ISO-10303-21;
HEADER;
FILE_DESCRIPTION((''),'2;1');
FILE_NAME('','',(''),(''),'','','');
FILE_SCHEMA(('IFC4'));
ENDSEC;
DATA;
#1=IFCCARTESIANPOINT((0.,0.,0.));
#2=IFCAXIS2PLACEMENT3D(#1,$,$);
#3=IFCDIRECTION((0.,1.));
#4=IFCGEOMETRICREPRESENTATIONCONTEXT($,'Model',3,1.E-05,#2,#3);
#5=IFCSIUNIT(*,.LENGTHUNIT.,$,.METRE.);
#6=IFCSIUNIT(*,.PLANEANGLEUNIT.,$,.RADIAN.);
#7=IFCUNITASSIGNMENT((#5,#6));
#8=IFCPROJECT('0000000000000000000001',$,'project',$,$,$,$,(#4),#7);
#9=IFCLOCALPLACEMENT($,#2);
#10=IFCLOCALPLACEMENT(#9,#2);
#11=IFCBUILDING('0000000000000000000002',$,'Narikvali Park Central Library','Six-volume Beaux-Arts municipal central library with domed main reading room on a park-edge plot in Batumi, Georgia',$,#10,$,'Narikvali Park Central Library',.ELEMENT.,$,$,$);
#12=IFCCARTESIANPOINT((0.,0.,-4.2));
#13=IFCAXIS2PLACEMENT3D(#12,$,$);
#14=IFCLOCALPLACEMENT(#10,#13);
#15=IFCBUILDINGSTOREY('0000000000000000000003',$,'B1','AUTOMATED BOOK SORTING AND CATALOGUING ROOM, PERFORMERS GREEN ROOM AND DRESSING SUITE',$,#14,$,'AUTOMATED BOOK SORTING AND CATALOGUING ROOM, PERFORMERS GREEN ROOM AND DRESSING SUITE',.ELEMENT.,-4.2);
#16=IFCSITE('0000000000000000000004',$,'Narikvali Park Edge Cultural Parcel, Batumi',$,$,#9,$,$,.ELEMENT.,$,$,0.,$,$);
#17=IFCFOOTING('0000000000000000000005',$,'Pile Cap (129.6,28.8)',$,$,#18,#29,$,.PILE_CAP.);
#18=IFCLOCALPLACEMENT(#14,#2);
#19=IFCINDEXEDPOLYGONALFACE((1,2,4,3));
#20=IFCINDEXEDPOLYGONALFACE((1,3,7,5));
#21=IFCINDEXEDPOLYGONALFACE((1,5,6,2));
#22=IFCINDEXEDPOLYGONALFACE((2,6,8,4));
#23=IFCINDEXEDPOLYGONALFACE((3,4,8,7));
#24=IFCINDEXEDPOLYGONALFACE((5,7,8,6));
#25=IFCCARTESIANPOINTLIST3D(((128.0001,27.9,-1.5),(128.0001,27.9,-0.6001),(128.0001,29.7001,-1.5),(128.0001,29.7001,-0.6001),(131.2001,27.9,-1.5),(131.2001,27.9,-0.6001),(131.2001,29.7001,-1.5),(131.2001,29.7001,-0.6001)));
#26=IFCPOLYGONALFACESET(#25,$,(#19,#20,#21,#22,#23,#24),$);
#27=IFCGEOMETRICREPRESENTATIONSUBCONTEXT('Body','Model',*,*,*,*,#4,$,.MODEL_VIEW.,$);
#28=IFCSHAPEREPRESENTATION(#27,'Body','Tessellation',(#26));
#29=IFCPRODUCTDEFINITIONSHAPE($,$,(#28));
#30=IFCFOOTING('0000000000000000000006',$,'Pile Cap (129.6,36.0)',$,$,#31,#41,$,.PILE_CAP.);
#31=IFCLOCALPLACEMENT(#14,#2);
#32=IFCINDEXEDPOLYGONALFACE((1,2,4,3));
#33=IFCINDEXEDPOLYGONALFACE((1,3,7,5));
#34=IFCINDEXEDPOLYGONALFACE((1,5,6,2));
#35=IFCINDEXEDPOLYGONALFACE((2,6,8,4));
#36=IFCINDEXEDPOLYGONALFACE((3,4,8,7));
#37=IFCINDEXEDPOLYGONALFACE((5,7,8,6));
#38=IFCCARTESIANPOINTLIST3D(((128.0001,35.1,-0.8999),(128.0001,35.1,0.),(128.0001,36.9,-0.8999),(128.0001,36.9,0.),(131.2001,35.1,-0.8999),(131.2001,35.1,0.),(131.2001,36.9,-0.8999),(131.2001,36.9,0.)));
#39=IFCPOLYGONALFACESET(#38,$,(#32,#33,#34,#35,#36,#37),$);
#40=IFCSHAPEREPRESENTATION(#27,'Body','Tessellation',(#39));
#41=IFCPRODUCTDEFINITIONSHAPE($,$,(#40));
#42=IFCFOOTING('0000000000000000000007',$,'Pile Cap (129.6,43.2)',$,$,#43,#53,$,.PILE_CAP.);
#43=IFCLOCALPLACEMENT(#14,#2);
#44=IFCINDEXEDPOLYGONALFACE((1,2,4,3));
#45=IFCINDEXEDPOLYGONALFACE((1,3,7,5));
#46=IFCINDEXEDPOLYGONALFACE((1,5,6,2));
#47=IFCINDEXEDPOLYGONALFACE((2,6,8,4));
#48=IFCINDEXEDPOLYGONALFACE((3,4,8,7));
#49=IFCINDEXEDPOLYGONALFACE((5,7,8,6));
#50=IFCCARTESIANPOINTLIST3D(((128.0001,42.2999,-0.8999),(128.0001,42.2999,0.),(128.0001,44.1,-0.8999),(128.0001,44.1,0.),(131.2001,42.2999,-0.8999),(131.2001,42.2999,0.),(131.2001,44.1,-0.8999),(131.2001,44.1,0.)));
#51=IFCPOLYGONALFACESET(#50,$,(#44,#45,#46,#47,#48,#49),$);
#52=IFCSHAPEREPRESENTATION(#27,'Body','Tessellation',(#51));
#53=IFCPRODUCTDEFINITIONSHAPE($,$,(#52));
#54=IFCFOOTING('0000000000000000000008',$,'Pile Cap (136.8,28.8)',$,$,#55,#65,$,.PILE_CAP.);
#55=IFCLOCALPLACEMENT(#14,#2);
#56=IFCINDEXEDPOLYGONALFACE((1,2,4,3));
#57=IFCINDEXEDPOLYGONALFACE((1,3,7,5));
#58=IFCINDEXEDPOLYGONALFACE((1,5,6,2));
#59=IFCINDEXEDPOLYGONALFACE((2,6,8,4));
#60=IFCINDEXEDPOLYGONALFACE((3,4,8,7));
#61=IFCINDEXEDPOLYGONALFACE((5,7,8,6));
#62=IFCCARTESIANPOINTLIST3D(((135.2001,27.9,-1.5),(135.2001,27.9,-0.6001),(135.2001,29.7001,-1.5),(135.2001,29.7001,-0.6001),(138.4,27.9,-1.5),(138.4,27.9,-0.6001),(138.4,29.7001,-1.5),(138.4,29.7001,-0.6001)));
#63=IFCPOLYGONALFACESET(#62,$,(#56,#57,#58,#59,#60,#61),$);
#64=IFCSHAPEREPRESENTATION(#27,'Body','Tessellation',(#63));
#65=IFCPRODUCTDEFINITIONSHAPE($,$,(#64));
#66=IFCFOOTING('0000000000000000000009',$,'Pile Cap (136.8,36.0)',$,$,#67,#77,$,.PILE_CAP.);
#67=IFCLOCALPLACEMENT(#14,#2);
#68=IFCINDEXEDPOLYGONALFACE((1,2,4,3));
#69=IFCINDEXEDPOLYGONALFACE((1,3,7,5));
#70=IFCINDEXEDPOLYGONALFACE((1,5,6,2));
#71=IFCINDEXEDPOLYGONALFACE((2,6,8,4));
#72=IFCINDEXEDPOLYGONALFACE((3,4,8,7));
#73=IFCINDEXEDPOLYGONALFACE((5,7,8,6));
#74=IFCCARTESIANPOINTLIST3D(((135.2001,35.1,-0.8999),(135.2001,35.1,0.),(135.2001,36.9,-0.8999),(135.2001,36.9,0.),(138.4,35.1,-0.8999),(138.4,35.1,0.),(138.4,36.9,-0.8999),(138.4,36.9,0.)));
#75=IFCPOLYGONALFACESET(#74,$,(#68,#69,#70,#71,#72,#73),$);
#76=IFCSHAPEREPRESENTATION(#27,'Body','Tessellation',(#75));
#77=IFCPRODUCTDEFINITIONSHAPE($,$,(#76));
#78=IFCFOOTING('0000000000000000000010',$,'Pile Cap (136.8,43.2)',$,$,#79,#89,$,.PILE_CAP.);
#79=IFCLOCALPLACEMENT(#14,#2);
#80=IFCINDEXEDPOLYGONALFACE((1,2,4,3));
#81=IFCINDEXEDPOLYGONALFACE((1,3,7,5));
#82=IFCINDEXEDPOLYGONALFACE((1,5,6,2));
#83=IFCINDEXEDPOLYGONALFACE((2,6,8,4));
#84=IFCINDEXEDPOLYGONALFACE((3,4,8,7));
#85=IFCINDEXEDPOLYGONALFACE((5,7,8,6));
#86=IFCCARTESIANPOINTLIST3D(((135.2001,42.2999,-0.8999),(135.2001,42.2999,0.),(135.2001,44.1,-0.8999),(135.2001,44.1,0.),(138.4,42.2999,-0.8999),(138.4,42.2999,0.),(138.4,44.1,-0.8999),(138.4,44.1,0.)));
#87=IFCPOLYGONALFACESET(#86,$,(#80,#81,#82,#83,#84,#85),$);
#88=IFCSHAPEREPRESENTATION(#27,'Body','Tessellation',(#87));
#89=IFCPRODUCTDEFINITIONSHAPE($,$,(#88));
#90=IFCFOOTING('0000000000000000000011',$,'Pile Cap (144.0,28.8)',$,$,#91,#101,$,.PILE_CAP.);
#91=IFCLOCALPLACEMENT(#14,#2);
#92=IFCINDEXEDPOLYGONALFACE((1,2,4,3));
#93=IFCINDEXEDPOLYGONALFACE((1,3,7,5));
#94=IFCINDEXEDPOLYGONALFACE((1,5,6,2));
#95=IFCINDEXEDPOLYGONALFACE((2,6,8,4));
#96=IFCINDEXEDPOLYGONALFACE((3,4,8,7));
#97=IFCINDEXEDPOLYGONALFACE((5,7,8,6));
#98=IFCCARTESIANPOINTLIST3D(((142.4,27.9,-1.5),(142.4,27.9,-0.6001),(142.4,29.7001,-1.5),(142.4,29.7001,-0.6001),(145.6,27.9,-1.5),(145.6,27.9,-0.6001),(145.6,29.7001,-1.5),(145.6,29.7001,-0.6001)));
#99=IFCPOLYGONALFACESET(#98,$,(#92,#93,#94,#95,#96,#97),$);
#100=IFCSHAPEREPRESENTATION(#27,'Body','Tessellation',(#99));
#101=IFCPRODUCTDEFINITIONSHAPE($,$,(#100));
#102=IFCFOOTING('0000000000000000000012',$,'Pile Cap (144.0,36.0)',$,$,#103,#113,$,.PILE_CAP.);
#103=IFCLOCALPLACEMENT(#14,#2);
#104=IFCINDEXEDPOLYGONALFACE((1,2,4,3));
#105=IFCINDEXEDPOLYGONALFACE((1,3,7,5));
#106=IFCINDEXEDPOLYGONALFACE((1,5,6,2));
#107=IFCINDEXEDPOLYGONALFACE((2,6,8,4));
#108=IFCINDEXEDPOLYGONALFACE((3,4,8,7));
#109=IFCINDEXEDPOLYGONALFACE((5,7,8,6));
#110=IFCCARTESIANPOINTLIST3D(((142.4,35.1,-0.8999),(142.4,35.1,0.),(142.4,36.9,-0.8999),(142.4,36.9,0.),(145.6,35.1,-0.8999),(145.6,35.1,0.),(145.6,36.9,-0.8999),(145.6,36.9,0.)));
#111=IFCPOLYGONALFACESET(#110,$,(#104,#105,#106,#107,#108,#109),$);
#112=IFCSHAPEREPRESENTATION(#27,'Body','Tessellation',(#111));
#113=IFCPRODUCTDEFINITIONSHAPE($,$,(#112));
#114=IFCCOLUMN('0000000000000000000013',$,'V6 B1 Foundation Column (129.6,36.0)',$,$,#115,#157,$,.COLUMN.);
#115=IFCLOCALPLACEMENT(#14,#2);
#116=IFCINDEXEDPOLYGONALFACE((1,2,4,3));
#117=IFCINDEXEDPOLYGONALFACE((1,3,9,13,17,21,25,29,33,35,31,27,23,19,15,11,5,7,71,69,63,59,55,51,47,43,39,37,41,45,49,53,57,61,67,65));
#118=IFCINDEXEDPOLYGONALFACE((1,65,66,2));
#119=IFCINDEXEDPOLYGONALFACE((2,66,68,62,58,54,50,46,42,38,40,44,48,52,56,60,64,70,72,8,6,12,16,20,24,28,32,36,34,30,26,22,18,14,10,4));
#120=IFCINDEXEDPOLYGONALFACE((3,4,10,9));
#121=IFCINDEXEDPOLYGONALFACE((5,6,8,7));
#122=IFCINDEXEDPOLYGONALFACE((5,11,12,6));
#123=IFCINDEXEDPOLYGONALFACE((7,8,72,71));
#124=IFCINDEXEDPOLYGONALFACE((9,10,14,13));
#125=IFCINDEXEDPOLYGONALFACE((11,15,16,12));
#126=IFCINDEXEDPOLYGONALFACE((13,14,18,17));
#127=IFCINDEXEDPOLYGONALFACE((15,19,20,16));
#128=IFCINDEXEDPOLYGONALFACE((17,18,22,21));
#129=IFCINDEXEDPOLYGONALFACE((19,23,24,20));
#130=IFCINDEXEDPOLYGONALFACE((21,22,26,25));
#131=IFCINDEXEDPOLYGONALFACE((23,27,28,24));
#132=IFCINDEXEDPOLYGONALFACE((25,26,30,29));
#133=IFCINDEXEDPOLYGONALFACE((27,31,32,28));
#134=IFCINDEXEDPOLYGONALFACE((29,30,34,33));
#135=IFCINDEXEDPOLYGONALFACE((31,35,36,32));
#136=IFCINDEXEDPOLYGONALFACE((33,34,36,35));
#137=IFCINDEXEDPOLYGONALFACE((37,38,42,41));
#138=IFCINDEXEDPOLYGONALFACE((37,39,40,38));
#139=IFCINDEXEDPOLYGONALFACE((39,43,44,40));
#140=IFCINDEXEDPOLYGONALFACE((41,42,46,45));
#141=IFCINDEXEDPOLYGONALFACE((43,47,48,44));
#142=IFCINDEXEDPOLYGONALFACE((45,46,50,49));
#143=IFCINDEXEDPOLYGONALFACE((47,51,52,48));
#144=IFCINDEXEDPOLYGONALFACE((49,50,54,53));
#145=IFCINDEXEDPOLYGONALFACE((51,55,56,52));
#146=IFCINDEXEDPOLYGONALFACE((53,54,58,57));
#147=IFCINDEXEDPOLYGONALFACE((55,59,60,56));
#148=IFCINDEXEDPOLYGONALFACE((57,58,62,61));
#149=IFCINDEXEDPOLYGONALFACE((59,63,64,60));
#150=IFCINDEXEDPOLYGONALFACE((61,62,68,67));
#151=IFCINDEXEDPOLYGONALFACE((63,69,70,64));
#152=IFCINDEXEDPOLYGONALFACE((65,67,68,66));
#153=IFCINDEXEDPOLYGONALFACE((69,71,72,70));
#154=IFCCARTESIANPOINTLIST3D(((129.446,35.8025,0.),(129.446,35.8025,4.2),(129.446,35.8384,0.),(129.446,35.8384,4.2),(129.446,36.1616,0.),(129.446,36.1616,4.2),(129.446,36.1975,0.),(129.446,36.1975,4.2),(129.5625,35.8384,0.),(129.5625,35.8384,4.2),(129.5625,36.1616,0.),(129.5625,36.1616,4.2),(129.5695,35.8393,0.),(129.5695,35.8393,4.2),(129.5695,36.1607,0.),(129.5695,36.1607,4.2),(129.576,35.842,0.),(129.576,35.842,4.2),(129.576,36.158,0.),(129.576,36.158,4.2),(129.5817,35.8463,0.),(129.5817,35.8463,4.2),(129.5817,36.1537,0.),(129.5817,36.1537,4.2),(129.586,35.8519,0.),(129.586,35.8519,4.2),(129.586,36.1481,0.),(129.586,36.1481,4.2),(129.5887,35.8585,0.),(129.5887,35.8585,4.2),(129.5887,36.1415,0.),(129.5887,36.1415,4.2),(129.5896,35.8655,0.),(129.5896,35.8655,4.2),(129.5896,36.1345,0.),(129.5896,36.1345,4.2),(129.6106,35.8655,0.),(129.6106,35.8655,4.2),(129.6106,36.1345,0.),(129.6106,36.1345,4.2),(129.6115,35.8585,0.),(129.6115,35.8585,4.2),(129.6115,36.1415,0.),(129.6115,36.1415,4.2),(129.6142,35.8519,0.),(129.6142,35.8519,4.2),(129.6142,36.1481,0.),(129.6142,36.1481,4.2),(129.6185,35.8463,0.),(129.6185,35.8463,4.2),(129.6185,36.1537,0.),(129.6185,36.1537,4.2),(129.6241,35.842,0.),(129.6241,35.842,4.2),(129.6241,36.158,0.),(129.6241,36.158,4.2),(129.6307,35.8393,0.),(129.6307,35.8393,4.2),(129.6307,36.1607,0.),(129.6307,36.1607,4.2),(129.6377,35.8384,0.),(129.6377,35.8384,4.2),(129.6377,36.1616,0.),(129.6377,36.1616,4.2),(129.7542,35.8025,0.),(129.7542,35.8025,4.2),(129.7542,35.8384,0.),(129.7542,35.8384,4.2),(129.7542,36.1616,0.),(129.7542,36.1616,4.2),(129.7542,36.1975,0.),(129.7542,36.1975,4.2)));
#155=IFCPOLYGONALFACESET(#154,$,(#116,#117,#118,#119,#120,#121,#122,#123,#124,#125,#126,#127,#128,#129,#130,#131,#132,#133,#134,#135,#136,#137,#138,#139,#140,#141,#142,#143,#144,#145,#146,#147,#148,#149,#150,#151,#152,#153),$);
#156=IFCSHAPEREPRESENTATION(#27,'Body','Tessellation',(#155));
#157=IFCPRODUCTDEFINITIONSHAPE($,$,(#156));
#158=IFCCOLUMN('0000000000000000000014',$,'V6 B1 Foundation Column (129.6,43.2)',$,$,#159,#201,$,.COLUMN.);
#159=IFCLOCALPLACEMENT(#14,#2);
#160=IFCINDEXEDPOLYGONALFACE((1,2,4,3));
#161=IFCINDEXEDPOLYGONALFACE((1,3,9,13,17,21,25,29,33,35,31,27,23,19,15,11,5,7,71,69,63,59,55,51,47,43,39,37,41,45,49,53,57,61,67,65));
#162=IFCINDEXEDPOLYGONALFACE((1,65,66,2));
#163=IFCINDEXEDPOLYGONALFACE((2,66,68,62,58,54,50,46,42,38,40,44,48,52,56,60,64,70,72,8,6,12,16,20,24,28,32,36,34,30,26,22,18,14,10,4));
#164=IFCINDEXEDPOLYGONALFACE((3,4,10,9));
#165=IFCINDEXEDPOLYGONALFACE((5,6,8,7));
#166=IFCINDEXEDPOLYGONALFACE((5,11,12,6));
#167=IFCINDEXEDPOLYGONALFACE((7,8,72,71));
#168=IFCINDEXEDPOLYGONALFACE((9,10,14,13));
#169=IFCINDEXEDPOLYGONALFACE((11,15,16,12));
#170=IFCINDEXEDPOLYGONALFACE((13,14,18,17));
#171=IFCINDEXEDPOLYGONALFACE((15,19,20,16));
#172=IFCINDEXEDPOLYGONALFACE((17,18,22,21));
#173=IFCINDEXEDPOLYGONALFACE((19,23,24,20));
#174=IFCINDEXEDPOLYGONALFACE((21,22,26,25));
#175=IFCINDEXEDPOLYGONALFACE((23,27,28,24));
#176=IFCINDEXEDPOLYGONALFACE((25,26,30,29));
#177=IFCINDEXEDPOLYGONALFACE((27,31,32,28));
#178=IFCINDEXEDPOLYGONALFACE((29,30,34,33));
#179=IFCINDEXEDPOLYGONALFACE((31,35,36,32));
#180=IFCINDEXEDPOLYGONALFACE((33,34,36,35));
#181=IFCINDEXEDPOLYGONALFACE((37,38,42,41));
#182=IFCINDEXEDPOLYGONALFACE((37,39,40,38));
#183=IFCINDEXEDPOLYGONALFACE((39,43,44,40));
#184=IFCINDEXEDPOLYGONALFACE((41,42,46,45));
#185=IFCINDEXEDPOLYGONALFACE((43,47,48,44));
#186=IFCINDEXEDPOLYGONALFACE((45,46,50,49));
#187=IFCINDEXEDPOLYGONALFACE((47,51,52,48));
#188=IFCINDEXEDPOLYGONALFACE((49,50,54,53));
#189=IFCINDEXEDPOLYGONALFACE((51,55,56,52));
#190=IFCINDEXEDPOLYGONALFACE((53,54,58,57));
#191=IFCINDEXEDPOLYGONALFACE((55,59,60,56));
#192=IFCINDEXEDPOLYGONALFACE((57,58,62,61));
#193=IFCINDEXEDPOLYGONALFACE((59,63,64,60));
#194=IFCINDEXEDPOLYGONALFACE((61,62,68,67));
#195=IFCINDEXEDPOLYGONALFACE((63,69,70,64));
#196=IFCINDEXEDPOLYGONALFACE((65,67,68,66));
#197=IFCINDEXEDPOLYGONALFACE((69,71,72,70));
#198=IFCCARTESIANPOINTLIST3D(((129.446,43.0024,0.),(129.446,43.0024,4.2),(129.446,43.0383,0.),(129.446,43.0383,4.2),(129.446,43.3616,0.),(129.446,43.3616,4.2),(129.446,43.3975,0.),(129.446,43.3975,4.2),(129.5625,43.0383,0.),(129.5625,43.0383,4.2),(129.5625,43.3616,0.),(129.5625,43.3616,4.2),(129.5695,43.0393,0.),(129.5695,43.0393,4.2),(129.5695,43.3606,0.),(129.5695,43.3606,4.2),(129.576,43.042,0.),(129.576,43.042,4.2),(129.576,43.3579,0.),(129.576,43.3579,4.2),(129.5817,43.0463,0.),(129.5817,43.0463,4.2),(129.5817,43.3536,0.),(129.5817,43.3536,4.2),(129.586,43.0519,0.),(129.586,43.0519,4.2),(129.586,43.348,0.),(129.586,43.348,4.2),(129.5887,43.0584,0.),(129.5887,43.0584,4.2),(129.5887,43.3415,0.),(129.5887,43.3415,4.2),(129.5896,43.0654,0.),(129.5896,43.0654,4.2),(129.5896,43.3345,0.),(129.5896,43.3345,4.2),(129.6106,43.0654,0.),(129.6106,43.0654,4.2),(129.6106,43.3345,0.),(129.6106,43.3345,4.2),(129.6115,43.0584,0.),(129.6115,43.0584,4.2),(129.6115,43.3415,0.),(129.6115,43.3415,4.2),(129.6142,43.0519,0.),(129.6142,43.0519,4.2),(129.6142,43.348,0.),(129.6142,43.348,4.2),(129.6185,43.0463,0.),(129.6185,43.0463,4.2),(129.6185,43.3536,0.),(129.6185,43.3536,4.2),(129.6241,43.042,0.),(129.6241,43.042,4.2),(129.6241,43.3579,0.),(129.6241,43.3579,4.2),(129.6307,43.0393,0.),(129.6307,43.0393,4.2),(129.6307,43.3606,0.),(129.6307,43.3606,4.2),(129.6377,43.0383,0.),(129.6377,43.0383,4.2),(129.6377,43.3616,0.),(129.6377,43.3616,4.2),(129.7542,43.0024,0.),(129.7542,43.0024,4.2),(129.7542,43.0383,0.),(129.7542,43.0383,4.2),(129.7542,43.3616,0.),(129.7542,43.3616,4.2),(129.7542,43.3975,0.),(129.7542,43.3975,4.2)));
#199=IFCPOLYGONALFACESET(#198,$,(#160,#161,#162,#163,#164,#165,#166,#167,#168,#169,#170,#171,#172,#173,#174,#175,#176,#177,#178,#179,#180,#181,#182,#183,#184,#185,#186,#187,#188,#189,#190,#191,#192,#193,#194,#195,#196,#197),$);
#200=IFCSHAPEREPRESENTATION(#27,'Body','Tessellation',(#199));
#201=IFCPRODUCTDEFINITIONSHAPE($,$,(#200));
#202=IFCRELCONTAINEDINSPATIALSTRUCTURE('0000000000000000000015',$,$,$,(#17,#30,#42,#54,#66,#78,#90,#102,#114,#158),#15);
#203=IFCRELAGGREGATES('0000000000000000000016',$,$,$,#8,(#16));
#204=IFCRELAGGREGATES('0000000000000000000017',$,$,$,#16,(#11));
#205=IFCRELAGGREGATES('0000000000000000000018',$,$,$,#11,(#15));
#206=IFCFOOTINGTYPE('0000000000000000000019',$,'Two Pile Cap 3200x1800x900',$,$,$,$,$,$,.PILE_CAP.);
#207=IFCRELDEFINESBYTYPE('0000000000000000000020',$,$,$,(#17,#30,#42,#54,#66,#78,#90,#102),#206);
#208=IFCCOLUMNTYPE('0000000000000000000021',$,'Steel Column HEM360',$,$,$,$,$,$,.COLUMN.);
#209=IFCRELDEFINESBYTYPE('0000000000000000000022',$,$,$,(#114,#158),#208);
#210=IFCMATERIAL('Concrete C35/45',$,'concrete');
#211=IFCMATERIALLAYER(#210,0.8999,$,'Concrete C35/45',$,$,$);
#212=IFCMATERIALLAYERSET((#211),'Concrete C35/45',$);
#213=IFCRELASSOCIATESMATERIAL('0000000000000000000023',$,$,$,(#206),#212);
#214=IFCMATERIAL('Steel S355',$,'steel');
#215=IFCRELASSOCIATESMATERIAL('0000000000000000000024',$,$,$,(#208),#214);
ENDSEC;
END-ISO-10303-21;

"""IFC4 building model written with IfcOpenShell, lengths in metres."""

from ifc_helpers import new_model, si_unit, direction, frame, origin, origin_2d, place, context, subcontext, project, spatial, rectangle, i_section, extrude, material, layer, layer_set, material_profile, profile_set, type_object, element, save


model = new_model("IFC4")

# Units and contexts
model_context = context("Model", 3, precision=1e-05, world=origin(), true_north=direction((0.0, 1.0)))
body_context = subcontext(model_context, "Body", "Model", "MODEL_VIEW")
ifc_project = project(units=[si_unit("LENGTHUNIT", "METRE"), si_unit("PLANEANGLEUNIT", "RADIAN")], contexts=[model_context])

# Site, building, storey
site_placement = place(None, origin())
site = spatial("IfcSite", under=ifc_project, at=site_placement, Name="Narikvali Park Edge Cultural Parcel, Batumi", CompositionType="ELEMENT", RefElevation=0.0)
building_placement = place(site_placement, origin())
building = spatial("IfcBuilding", under=site, at=building_placement, Name="Narikvali Park Central Library", Description="Six-volume Beaux-Arts municipal central library with domed main reading room on a park-edge plot in Batumi, Georgia", LongName="Narikvali Park Central Library", CompositionType="ELEMENT")
storey_placement = place(building_placement, frame((0.0, 0.0, -4.2)))
storey = spatial("IfcBuildingStorey", under=building, at=storey_placement, Name="B1", Description="AUTOMATED BOOK SORTING AND CATALOGUING ROOM, PERFORMERS GREEN ROOM AND DRESSING SUITE", LongName="AUTOMATED BOOK SORTING AND CATALOGUING ROOM, PERFORMERS GREEN ROOM AND DRESSING SUITE", CompositionType="ELEMENT", Elevation=-4.2)

# Shared definitions
ifc_material_1 = material(Name="Concrete C35/45", Category="concrete")

# Footings
ifc_layer = layer(ifc_material_1, 0.8999, Name="Concrete C35/45")
ifc_layer_set = layer_set([ifc_layer], Name="Concrete C35/45")
footing_type = type_object("IfcFootingType", Name="Two Pile Cap 3200x1800x900", PredefinedType="PILE_CAP", material=ifc_layer_set)
for number, where, z_axis, x_axis, name in (
    (1, (129.6001, 28.8, -1.5), (0.0, 0.0, 1.0), (1.0, 0.0, 0.0), "Pile Cap (129.6,28.8)"),
    (2, (129.6001, 36.0, -0.8999), (0.0, 0.0, 1.0), (1.0, 0.0, 0.0), "Pile Cap (129.6,36.0)"),
    (3, (129.6001, 43.2, -0.8999), (0.0, 0.0, 1.0), (1.0, 0.0, 0.0), "Pile Cap (129.6,43.2)"),
    (4, (136.8, 28.8, -1.5), (0.0, 0.0, 1.0), (1.0, 0.0, 0.0), "Pile Cap (136.8,28.8)"),
    (5, (136.8, 36.0, -0.8999), (0.0, 0.0, 1.0), (1.0, 0.0, 0.0), "Pile Cap (136.8,36.0)"),
    (6, (136.8, 43.2, -0.8999), (0.0, 0.0, 1.0), (1.0, 0.0, 0.0), "Pile Cap (136.8,43.2)"),
    (7, (144.0, 28.8, -1.5), (0.0, 0.0, 1.0), (1.0, 0.0, 0.0), "Pile Cap (144.0,28.8)"),
    (8, (144.0, 36.0, -0.8999), (0.0, 0.0, 1.0), (1.0, 0.0, 0.0), "Pile Cap (144.0,36.0)"),
):
    element("IfcFooting", number, at=place(storey_placement, frame(where, z_axis=z_axis, x_axis=x_axis)), inside=storey, type_object=footing_type, Name=name, PredefinedType="PILE_CAP", context=body_context, shape_type="SweptSolid", body=[
        extrude(rectangle(XDim=3.2, YDim=1.8, at=origin_2d()), origin(), (0.0, 0.0, 1.0), 0.8999),
    ])

# Columns
ifc_material_2 = material(Name="Steel S355", Category="steel")
ifc_material_profile_1 = material_profile(ifc_material_2, i_section(OverallWidth=0.3081, OverallDepth=0.395, WebThickness=0.021, FlangeThickness=0.0359, FilletRadius=0.0271, at=origin_2d()), Name="HEM 360")
ifc_profile_set_1 = profile_set([ifc_material_profile_1], Name="Steel S355")
column_type = type_object("IfcColumnType", Name="Steel Column HEM360", PredefinedType="COLUMN", material=ifc_profile_set_1)
for number, where, z_axis, x_axis, name in (
    (9, (129.6001, 36.0, 0.0), (0.0, 0.0, 1.0), (1.0, 0.0, 0.0), "V6 B1 Foundation Column (129.6,36.0)"),
    (10, (129.6001, 43.2, 0.0), (0.0, 0.0, 1.0), (1.0, 0.0, 0.0), "V6 B1 Foundation Column (129.6,43.2)"),
):
    element("IfcColumn", number, at=place(storey_placement, frame(where, z_axis=z_axis, x_axis=x_axis)), inside=storey, type_object=column_type, Name=name, PredefinedType="COLUMN", context=body_context, shape_type="SweptSolid", body=[
        extrude(i_section(OverallWidth=0.3081, OverallDepth=0.395, WebThickness=0.021, FlangeThickness=0.0359, FilletRadius=0.0271, at=origin_2d()), origin(), (0.0, 0.0, 1.0), 4.2),
    ])

save(model, "model.ifc")
